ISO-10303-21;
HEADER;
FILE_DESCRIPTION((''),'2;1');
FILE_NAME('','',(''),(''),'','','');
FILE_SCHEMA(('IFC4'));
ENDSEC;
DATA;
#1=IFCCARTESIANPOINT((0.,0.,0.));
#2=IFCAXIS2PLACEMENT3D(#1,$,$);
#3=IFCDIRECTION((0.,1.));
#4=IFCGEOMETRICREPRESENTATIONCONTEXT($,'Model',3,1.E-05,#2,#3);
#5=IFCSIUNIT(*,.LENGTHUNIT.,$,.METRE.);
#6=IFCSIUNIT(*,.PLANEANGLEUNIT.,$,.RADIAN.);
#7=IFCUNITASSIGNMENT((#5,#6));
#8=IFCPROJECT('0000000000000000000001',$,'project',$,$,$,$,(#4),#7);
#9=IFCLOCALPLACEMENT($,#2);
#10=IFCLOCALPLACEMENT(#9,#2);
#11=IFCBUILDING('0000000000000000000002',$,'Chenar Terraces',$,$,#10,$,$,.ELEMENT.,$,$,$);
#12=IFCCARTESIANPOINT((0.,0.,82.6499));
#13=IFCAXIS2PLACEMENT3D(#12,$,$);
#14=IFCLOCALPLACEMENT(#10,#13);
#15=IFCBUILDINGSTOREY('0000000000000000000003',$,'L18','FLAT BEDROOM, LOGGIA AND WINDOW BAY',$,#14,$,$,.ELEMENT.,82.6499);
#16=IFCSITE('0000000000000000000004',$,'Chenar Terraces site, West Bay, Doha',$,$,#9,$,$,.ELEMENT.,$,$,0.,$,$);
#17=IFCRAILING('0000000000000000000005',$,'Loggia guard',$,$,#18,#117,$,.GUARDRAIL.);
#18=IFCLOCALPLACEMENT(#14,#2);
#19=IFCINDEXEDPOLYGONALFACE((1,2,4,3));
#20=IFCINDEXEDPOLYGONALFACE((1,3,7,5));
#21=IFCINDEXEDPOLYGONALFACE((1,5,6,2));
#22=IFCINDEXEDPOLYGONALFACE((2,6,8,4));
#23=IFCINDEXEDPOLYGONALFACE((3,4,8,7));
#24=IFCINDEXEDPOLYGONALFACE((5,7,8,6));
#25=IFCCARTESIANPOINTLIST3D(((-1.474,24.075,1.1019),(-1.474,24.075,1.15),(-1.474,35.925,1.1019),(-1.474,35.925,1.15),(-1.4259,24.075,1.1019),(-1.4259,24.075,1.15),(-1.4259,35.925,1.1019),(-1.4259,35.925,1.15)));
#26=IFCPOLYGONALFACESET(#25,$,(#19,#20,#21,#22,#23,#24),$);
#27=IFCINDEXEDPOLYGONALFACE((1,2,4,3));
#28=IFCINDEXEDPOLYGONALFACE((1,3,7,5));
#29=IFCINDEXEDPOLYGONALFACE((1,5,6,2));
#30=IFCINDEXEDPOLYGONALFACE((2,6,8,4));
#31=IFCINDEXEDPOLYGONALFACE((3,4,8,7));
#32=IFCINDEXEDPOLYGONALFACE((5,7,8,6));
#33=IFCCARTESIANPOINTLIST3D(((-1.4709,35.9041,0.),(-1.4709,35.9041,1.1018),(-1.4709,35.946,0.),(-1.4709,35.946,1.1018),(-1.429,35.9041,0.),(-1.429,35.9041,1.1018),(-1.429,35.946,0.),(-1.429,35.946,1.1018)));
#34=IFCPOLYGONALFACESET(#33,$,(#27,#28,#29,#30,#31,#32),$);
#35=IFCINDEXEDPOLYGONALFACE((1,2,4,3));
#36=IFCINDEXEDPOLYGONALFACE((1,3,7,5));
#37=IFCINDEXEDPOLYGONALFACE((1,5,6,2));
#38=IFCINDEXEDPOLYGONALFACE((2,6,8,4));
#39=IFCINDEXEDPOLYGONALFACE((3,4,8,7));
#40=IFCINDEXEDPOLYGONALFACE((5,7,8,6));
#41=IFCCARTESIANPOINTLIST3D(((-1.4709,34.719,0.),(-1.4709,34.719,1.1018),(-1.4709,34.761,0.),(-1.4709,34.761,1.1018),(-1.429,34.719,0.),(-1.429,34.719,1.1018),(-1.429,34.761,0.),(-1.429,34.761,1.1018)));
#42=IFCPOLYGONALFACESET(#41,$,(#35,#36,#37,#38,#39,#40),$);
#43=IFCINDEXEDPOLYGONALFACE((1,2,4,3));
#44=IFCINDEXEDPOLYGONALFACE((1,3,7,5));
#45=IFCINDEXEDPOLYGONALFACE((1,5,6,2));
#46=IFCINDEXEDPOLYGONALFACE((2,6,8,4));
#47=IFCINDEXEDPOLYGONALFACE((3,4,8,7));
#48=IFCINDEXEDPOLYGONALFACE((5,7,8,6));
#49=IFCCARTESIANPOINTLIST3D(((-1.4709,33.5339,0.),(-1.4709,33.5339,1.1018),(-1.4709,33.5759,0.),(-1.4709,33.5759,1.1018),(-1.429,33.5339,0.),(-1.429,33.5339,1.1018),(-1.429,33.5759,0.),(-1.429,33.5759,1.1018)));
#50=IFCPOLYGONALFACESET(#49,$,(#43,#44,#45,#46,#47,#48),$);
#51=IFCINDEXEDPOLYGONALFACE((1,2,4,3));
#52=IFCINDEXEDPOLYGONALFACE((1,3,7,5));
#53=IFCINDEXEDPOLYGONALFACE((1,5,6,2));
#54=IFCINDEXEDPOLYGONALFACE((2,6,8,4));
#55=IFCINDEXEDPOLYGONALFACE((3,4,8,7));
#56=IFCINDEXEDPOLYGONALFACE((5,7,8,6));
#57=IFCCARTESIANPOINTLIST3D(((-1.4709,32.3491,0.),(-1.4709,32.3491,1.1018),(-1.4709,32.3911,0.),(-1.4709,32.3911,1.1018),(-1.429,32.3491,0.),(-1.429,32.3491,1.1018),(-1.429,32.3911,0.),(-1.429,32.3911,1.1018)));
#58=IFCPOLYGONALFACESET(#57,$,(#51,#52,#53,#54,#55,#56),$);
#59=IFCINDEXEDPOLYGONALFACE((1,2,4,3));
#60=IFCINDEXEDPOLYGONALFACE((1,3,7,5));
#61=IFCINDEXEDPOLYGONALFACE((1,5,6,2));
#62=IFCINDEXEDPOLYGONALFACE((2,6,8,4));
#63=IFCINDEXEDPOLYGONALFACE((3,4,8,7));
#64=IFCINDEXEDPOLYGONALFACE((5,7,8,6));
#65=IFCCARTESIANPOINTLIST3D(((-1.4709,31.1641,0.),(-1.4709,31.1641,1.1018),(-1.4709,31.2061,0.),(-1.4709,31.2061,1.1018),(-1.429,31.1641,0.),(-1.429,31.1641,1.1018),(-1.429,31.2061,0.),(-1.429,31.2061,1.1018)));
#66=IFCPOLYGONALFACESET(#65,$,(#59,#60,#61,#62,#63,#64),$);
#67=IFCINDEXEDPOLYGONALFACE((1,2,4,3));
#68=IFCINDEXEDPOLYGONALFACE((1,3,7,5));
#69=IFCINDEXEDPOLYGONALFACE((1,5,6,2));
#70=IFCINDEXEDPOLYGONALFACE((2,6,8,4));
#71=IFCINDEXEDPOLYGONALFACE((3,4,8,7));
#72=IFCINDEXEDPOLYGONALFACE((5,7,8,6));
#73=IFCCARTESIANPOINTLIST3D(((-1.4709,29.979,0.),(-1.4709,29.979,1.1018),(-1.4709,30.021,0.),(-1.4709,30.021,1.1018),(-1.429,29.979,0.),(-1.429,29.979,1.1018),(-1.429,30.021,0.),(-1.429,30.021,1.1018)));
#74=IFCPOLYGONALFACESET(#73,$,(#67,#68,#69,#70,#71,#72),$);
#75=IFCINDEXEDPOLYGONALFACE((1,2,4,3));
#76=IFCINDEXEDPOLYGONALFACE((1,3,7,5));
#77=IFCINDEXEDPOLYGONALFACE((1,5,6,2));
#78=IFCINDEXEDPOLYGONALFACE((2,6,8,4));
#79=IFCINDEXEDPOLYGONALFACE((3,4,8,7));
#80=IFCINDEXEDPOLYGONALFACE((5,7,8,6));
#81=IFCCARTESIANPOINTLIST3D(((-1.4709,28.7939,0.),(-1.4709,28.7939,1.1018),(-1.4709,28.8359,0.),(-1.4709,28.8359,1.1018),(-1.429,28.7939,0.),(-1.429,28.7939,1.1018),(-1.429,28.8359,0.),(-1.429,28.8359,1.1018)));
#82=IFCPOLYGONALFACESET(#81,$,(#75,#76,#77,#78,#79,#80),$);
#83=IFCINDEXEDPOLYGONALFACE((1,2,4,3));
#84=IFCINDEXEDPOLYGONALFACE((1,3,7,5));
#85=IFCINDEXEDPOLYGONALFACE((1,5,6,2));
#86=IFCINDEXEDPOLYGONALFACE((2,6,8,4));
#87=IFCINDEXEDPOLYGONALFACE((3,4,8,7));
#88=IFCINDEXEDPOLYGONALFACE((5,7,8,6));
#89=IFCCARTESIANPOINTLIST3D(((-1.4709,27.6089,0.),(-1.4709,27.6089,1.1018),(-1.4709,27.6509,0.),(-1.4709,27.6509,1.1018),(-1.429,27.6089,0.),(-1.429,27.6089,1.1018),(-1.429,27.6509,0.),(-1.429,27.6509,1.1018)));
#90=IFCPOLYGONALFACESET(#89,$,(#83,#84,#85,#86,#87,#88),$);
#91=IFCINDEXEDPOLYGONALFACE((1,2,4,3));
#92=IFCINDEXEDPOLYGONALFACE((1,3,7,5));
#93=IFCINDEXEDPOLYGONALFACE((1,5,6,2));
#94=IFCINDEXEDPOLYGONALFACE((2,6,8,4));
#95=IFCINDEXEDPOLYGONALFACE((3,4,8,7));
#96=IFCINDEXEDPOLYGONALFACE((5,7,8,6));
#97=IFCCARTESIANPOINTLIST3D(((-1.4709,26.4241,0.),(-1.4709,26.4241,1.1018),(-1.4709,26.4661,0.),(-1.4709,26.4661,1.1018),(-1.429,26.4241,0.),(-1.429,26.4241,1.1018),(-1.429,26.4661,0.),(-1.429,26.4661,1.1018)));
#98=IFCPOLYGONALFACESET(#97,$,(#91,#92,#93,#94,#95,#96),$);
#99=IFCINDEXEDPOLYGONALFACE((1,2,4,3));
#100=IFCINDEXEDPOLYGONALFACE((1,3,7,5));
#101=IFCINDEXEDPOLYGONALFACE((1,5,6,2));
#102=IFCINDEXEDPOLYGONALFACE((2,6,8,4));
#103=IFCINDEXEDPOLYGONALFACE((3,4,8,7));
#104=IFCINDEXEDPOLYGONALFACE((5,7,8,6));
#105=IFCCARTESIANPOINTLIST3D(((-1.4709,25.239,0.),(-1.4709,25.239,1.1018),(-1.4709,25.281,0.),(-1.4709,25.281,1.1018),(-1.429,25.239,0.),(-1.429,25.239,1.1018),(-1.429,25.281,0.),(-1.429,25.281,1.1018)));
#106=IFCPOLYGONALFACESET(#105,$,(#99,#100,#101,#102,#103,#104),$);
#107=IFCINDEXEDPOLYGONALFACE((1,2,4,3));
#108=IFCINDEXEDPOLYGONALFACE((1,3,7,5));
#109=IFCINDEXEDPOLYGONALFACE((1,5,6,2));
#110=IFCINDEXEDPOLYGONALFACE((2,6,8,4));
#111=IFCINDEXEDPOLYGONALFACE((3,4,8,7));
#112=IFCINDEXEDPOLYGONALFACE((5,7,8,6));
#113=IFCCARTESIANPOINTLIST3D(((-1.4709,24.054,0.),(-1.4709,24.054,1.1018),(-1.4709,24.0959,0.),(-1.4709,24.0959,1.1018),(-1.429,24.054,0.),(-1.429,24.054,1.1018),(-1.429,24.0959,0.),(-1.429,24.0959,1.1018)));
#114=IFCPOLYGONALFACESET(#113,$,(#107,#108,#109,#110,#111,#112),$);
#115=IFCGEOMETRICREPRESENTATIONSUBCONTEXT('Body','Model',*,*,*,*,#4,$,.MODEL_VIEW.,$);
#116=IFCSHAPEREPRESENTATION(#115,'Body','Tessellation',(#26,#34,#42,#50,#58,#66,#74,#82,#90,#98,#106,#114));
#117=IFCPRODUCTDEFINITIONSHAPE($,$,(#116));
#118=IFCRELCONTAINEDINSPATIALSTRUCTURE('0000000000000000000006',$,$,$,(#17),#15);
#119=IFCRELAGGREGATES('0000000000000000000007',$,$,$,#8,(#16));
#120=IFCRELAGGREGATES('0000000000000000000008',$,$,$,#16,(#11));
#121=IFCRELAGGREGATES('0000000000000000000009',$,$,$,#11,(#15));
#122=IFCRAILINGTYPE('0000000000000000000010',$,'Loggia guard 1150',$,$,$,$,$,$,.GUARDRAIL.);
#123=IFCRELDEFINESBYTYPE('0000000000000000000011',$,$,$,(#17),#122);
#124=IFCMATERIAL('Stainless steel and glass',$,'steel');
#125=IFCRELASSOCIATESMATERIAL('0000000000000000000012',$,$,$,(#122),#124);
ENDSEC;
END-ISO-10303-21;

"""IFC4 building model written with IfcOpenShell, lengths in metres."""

from ifc_helpers import new_model, si_unit, direction, frame, origin, origin_2d, place, context, subcontext, project, spatial, rectangle, extrude, material, type_object, element, save


model = new_model("IFC4")

# Units and contexts
model_context = context("Model", 3, precision=1e-05, world=origin(), true_north=direction((0.0, 1.0)))
body_context = subcontext(model_context, "Body", "Model", "MODEL_VIEW")
ifc_project = project(units=[si_unit("LENGTHUNIT", "METRE"), si_unit("PLANEANGLEUNIT", "RADIAN")], contexts=[model_context])

# Site, building, storey
site_placement = place(None, origin())
site = spatial("IfcSite", under=ifc_project, at=site_placement, Name="Chenar Terraces site, West Bay, Doha", CompositionType="ELEMENT", RefElevation=0.0)
building_placement = place(site_placement, origin())
building = spatial("IfcBuilding", under=site, at=building_placement, Name="Chenar Terraces", CompositionType="ELEMENT")
storey_placement = place(building_placement, frame((0.0, 0.0, 82.6499)))
storey = spatial("IfcBuildingStorey", under=building, at=storey_placement, Name="L18", Description="FLAT BEDROOM, LOGGIA AND WINDOW BAY", CompositionType="ELEMENT", Elevation=82.6499)

# Railing
ifc_material_1 = material(Name="Stainless steel and glass", Category="steel")
railing_type = type_object("IfcRailingType", Name="Loggia guard 1150", PredefinedType="GUARDRAIL", material=ifc_material_1)
railing_placement = place(storey_placement, frame((-1.45, 35.925, 0.0)))
element("IfcRailing", 1, at=railing_placement, inside=storey, type_object=railing_type, Name="Loggia guard", PredefinedType="GUARDRAIL", context=body_context, shape_type="SweptSolid", body=[
    extrude(rectangle(XDim=0.0481, YDim=0.0481, at=origin_2d()), frame((0.0, 0.0, 1.126), z_axis=(0.0, -1.0, 0.0), x_axis=(1.0, 0.0, 0.0)), (0.0, 0.0, 1.0), 11.8501),
    extrude(rectangle(XDim=0.042, YDim=0.042, at=origin_2d()), origin(), (0.0, 0.0, 1.0), 1.1018),
    extrude(rectangle(XDim=0.042, YDim=0.042, at=origin_2d()), frame((0.0, -1.1851, 0.0)), (0.0, 0.0, 1.0), 1.1018),
    extrude(rectangle(XDim=0.042, YDim=0.042, at=origin_2d()), frame((0.0, -2.3701, 0.0)), (0.0, 0.0, 1.0), 1.1018),
    extrude(rectangle(XDim=0.042, YDim=0.042, at=origin_2d()), frame((0.0, -3.5549, 0.0)), (0.0, 0.0, 1.0), 1.1018),
    extrude(rectangle(XDim=0.042, YDim=0.042, at=origin_2d()), frame((0.0, -4.74, 0.0)), (0.0, 0.0, 1.0), 1.1018),
    extrude(rectangle(XDim=0.042, YDim=0.042, at=origin_2d()), frame((0.0, -5.925, 0.0)), (0.0, 0.0, 1.0), 1.1018),
    extrude(rectangle(XDim=0.042, YDim=0.042, at=origin_2d()), frame((0.0, -7.1101, 0.0)), (0.0, 0.0, 1.0), 1.1018),
    extrude(rectangle(XDim=0.042, YDim=0.042, at=origin_2d()), frame((0.0, -8.2952, 0.0)), (0.0, 0.0, 1.0), 1.1018),
    extrude(rectangle(XDim=0.042, YDim=0.042, at=origin_2d()), frame((0.0, -9.48, 0.0)), (0.0, 0.0, 1.0), 1.1018),
    extrude(rectangle(XDim=0.042, YDim=0.042, at=origin_2d()), frame((0.0, -10.665, 0.0)), (0.0, 0.0, 1.0), 1.1018),
    extrude(rectangle(XDim=0.042, YDim=0.042, at=origin_2d()), frame((0.0, -11.8501, 0.0)), (0.0, 0.0, 1.0), 1.1018),
])

save(model, "model.ifc")
